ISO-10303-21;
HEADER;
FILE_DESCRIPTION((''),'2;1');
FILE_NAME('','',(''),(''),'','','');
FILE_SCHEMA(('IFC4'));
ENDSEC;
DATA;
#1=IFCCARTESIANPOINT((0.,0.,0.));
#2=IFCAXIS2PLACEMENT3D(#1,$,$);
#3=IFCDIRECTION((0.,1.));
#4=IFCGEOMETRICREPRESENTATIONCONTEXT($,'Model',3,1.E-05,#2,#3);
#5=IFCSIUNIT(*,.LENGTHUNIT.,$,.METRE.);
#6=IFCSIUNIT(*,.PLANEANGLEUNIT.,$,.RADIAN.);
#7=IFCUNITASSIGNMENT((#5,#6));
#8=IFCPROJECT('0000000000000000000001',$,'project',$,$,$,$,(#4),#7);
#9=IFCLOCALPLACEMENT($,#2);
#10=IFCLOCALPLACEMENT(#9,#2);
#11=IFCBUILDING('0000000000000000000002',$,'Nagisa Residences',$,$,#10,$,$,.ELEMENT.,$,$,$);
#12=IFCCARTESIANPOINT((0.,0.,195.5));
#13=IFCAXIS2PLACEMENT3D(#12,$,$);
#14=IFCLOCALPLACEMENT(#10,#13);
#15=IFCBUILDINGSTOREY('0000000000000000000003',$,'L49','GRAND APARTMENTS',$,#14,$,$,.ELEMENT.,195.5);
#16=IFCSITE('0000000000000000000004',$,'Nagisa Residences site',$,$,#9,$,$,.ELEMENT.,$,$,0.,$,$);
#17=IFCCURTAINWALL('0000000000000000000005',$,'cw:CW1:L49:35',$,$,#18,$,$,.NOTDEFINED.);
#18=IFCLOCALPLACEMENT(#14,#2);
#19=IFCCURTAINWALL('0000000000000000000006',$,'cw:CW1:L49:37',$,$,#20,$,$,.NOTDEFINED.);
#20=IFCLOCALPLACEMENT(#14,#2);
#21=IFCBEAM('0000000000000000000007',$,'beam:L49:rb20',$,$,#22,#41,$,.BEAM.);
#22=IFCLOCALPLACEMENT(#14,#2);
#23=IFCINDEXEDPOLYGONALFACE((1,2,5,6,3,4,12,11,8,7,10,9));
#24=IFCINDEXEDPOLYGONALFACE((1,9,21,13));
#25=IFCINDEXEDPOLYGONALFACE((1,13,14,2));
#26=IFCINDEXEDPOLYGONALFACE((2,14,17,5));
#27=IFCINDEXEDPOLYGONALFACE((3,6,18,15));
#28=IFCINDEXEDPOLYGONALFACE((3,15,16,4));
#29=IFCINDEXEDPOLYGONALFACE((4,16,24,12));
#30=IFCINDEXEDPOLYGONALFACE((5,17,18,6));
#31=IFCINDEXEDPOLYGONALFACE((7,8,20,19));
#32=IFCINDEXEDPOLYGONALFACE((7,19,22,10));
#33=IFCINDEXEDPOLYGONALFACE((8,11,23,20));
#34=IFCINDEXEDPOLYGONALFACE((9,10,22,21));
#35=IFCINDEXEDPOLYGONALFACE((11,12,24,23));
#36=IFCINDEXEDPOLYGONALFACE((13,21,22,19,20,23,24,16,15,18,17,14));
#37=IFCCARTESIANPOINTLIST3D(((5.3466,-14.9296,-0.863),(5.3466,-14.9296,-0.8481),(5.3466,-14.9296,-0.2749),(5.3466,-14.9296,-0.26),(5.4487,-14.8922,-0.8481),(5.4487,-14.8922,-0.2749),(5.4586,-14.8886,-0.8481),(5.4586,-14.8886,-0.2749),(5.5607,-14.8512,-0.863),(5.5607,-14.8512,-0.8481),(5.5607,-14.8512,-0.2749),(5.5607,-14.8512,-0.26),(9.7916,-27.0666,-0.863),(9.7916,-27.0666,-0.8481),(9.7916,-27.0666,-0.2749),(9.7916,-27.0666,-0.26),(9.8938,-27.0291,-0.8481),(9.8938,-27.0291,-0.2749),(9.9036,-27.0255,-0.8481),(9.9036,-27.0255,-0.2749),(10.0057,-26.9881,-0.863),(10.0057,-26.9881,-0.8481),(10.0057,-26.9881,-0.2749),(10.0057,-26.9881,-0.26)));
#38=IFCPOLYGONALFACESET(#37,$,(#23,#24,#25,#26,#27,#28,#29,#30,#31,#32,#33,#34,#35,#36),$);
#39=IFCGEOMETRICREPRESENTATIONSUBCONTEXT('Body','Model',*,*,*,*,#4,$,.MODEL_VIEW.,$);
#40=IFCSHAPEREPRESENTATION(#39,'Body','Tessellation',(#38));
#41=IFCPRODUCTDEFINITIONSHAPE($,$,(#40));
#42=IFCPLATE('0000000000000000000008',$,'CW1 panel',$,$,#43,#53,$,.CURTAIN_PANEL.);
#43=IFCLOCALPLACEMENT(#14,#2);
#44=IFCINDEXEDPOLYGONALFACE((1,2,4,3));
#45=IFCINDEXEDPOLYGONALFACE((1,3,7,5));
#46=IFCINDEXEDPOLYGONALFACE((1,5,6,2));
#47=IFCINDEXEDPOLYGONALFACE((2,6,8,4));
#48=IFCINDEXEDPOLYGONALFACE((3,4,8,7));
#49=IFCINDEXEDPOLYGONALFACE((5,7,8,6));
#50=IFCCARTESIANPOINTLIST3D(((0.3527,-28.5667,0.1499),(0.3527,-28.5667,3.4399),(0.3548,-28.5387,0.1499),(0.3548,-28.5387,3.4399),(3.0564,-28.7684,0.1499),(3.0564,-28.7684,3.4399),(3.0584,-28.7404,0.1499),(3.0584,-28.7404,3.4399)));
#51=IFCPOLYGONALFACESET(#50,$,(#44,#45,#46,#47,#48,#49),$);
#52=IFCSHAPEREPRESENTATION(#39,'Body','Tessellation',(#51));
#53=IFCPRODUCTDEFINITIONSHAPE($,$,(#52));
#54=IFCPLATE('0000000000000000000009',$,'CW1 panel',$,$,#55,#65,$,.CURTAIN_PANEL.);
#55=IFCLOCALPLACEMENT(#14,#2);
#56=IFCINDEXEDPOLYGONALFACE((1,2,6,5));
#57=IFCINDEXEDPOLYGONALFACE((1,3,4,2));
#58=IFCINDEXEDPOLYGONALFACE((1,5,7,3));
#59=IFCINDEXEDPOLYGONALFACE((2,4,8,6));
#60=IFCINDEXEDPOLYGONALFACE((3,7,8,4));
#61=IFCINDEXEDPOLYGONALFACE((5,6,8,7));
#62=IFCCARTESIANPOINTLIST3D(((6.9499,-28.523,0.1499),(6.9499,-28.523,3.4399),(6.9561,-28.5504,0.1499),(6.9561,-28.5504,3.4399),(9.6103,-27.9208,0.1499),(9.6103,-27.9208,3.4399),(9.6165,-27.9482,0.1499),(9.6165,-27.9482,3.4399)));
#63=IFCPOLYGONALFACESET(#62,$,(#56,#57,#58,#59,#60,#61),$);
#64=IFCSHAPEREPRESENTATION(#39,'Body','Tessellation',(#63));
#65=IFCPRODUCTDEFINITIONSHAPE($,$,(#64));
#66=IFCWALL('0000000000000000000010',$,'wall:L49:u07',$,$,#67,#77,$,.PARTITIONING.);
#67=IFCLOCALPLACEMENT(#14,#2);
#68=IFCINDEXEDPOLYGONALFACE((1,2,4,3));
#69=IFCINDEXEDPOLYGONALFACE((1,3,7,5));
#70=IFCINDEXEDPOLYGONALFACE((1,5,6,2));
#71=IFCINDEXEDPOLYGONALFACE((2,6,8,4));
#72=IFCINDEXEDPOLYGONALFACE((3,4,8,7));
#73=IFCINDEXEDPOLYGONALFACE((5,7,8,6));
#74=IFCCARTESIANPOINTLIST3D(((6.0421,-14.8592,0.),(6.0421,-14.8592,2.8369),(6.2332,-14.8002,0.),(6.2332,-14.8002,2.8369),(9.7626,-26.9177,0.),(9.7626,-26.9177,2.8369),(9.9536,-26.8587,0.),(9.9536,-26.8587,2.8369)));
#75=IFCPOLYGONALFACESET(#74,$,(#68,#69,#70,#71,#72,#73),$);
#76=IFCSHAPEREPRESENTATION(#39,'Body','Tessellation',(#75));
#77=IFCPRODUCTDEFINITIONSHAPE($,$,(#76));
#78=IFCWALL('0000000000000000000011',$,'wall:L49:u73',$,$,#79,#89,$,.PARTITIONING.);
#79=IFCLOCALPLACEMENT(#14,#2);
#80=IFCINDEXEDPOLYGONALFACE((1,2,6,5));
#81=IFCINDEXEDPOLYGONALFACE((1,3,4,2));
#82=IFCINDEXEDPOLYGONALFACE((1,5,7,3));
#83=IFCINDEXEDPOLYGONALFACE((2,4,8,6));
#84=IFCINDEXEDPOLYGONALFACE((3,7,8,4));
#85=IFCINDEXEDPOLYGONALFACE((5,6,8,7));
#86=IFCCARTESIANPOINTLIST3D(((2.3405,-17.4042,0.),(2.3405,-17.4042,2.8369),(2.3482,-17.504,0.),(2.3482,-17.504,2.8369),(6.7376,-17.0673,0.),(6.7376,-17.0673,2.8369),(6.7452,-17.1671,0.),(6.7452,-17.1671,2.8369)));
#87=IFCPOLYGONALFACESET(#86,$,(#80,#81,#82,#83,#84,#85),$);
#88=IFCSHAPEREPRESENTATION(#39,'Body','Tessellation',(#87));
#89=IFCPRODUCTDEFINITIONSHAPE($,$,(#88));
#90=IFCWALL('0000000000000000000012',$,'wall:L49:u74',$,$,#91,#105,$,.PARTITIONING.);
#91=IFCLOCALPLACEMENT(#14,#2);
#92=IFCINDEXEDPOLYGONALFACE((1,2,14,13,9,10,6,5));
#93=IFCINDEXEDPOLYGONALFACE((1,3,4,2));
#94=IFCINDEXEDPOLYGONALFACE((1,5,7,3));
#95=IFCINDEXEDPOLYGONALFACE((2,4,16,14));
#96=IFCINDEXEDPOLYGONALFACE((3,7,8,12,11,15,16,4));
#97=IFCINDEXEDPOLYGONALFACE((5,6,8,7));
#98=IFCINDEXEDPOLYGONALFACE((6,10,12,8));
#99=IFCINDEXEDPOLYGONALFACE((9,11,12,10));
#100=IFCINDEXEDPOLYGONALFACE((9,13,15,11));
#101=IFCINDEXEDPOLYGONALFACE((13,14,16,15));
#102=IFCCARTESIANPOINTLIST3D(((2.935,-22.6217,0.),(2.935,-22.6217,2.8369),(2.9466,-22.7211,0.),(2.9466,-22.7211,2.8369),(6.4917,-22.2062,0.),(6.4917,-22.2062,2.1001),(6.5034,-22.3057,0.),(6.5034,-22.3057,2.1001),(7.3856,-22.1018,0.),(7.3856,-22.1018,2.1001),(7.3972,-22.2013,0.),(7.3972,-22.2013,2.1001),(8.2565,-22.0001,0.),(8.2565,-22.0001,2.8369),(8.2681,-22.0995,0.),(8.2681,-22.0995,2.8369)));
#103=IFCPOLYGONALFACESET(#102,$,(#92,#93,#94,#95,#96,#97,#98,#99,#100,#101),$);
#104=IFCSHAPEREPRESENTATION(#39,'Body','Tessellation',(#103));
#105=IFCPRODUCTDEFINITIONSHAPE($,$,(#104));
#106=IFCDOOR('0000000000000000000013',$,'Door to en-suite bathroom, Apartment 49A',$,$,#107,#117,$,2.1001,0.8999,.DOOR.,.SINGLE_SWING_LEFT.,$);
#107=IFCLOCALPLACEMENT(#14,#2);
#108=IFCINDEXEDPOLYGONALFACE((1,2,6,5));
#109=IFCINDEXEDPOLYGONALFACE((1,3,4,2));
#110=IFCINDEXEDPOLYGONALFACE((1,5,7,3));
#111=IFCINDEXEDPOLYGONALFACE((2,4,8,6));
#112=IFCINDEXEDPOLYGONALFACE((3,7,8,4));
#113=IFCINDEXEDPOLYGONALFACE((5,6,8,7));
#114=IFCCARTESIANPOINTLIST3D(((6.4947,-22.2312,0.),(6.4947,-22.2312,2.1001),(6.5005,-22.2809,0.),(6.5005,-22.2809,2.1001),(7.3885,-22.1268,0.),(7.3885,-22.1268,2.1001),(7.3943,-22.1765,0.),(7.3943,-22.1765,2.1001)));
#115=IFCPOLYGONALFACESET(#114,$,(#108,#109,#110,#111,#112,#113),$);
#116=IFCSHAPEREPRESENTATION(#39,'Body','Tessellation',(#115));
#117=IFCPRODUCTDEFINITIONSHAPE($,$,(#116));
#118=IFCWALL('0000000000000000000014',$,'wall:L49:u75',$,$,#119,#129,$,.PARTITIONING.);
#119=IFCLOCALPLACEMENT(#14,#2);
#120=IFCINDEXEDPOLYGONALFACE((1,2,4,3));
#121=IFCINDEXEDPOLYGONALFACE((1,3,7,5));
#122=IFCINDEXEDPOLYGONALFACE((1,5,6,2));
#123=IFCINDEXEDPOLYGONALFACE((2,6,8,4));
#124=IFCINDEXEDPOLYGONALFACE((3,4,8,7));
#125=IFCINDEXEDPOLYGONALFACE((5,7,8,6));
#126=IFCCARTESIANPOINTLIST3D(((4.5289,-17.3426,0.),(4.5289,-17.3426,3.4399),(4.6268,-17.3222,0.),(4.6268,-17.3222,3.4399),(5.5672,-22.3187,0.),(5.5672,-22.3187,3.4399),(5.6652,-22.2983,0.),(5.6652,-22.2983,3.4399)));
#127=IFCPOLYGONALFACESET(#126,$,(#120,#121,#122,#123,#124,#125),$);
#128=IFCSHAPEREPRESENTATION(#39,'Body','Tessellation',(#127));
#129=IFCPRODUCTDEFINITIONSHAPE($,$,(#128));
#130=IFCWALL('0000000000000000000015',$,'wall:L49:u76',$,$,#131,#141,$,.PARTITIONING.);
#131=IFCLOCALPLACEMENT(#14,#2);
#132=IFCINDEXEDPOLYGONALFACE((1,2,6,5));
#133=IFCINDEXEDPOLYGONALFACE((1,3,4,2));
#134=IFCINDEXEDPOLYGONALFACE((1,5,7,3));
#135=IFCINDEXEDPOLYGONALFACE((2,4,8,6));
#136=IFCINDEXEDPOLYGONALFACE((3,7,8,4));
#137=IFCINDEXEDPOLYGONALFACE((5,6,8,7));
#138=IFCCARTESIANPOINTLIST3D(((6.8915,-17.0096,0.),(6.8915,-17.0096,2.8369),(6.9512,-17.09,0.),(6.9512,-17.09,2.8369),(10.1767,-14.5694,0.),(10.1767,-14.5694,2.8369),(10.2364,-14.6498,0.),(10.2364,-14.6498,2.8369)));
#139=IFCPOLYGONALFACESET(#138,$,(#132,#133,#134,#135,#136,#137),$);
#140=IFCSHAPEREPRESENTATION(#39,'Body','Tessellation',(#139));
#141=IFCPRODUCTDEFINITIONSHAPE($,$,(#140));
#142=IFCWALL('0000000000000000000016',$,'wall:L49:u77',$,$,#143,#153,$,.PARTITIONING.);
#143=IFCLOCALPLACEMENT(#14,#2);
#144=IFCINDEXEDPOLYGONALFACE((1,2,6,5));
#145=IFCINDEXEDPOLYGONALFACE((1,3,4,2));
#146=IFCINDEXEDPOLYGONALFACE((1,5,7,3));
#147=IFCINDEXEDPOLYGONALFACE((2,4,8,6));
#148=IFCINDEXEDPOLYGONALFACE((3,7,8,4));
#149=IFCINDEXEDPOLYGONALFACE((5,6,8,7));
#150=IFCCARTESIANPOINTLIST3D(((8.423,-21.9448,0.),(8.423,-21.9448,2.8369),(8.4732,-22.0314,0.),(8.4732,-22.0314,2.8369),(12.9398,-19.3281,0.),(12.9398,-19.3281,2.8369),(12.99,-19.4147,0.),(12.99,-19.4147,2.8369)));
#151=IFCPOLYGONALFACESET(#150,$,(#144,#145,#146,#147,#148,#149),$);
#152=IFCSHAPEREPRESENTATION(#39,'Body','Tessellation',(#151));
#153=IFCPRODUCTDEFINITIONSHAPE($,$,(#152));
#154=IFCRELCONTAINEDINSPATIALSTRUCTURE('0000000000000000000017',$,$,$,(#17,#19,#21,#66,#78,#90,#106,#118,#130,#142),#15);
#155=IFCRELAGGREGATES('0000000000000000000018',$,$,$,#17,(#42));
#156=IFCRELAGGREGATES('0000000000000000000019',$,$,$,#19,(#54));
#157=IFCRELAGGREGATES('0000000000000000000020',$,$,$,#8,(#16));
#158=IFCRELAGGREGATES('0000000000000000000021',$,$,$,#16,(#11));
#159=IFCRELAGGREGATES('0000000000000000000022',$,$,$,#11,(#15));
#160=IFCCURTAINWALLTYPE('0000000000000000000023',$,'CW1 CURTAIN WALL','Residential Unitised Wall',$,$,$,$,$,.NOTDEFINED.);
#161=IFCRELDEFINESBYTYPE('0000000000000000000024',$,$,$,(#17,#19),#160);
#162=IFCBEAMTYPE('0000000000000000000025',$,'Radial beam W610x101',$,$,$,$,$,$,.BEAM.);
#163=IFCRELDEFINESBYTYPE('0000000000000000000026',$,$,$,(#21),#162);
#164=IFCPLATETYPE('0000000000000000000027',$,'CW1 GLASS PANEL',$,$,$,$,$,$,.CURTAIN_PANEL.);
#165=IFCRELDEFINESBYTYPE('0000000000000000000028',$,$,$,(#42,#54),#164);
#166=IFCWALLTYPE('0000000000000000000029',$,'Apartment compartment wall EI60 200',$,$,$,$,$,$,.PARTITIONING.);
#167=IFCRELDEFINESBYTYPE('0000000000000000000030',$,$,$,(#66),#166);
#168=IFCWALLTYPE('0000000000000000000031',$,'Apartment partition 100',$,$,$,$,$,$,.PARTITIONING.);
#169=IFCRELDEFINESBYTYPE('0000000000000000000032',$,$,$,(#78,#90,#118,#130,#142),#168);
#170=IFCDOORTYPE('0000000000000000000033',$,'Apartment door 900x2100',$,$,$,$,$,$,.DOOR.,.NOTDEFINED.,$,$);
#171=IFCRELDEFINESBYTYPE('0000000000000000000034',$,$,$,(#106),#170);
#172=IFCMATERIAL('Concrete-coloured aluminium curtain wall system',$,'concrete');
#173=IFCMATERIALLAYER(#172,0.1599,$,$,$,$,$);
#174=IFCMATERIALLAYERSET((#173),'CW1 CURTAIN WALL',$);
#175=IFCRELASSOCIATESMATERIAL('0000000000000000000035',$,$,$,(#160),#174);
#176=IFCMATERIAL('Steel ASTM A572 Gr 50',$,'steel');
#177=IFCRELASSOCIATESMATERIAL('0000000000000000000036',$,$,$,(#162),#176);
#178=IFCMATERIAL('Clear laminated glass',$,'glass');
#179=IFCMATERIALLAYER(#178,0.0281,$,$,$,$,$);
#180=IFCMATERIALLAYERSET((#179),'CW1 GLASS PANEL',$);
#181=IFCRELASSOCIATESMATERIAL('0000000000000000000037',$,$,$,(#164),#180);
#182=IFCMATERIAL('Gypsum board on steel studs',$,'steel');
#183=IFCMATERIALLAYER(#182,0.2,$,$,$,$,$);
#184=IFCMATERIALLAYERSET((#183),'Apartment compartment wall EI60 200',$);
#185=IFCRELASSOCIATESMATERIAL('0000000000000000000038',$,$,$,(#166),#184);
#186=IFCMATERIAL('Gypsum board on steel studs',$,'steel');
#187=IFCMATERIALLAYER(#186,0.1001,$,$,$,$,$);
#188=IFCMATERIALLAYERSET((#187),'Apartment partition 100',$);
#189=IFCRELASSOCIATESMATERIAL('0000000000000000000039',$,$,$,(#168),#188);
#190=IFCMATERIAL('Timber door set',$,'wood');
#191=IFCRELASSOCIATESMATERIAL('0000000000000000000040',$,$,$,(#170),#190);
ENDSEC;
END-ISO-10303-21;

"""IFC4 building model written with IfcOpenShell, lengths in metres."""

from ifc_helpers import new_model, si_unit, direction, frame, frame_2d, origin, origin_2d, place, context, subcontext, project, spatial, rectangle, i_section, extrude, material, layer, layer_set, material_profile, profile_set, type_object, element, fill, aggregate, save


model = new_model("IFC4")

# Units and contexts
model_context = context("Model", 3, precision=1e-05, world=origin(), true_north=direction((0.0, 1.0)))
body_context = subcontext(model_context, "Body", "Model", "MODEL_VIEW")
ifc_project = project(units=[si_unit("LENGTHUNIT", "METRE"), si_unit("PLANEANGLEUNIT", "RADIAN")], contexts=[model_context])

# Site, building, storey
site_placement = place(None, origin())
site = spatial("IfcSite", under=ifc_project, at=site_placement, Name="Nagisa Residences site", CompositionType="ELEMENT", RefElevation=0.0)
building_placement = place(site_placement, origin())
building = spatial("IfcBuilding", under=site, at=building_placement, Name="Nagisa Residences", CompositionType="ELEMENT")
storey_placement = place(building_placement, frame((0.0, 0.0, 195.5)))
storey = spatial("IfcBuildingStorey", under=building, at=storey_placement, Name="L49", Description="GRAND APARTMENTS", CompositionType="ELEMENT", Elevation=195.5)

# Curtain walls
ifc_material_1 = material(Name="Concrete-coloured aluminium curtain wall system", Category="concrete")
ifc_layer_1 = layer(ifc_material_1, 0.1599)
ifc_layer_set_1 = layer_set([ifc_layer_1], Name="CW1 CURTAIN WALL")
curtain_wall_type = type_object("IfcCurtainWallType", Name="CW1 CURTAIN WALL", Description="Residential Unitised Wall", PredefinedType="NOTDEFINED", material=ifc_layer_set_1)
curtain_wall_1_placement = place(storey_placement, origin())
curtain_wall_1 = element("IfcCurtainWall", 1, at=curtain_wall_1_placement, inside=storey, type_object=curtain_wall_type, Name="cw:CW1:L49:35", PredefinedType="NOTDEFINED")
curtain_wall_2_placement = place(storey_placement, origin())
curtain_wall_2 = element("IfcCurtainWall", 2, at=curtain_wall_2_placement, inside=storey, type_object=curtain_wall_type, Name="cw:CW1:L49:37", PredefinedType="NOTDEFINED")

# Beam
ifc_material_2 = material(Name="Steel ASTM A572 Gr 50", Category="steel")
ifc_material_profile_1 = material_profile(ifc_material_2, i_section(OverallWidth=0.228, OverallDepth=0.603, WebThickness=0.0105, FlangeThickness=0.0149, at=origin_2d()), Name="W610x101")
ifc_profile_set_1 = profile_set([ifc_material_profile_1], Name="Steel ASTM A572 Gr 50")
beam_type_1 = type_object("IfcBeamType", Name="Radial beam W610x101", PredefinedType="BEAM", material=ifc_profile_set_1)
beam_1_placement = place(storey_placement, frame((9.8987, -27.0273, -0.5615), z_axis=(-0.343903, 0.939005, 0.0), x_axis=(-0.939005, -0.343903, 0.0)))
element("IfcBeam", 3, at=beam_1_placement, inside=storey, type_object=beam_type_1, Name="beam:L49:rb20", PredefinedType="BEAM", context=body_context, shape_type="SweptSolid", body=[
    extrude(i_section(OverallWidth=0.228, OverallDepth=0.603, WebThickness=0.0105, FlangeThickness=0.0149, at=origin_2d()), origin(), (0.0, 0.0, 1.0), 12.9253),
])

# Plates
ifc_material_3 = material(Name="Clear laminated glass", Category="glass")
ifc_layer_2 = layer(ifc_material_3, 0.0281)
ifc_layer_set_2 = layer_set([ifc_layer_2], Name="CW1 GLASS PANEL")
plate_type = type_object("IfcPlateType", Name="CW1 GLASS PANEL", PredefinedType="CURTAIN_PANEL", material=ifc_layer_set_2)
plate_1_placement = place(storey_placement, frame((1.7056, -28.6536, 0.1499), z_axis=(0.0, 0.0, 1.0), x_axis=(0.99723, -0.074377, 0.0)))
plate_1 = element("IfcPlate", 4, at=plate_1_placement, type_object=plate_type, Name="CW1 panel", PredefinedType="CURTAIN_PANEL", context=body_context, shape_type="SweptSolid", body=[
    extrude(rectangle(XDim=2.7112, YDim=0.0281, at=origin_2d()), origin(), (0.0, 0.0, 1.0), 3.29),
])
aggregate(curtain_wall_1, [plate_1])
plate_2_placement = place(storey_placement, frame((8.2832, -28.2356, 0.1499), z_axis=(0.0, 0.0, 1.0), x_axis=(0.975327, 0.220764, 0.0)))
plate_2 = element("IfcPlate", 5, at=plate_2_placement, type_object=plate_type, Name="CW1 panel", PredefinedType="CURTAIN_PANEL", context=body_context, shape_type="SweptSolid", body=[
    extrude(rectangle(XDim=2.7278, YDim=0.0281, at=origin_2d()), origin(), (0.0, 0.0, 1.0), 3.29),
])
aggregate(curtain_wall_2, [plate_2])

# Walls
ifc_material_4 = material(Name="Gypsum board on steel studs", Category="steel")
ifc_layer_3 = layer(ifc_material_4, 0.2)
ifc_layer_set_3 = layer_set([ifc_layer_3], Name="Apartment compartment wall EI60 200")
wall_type_1 = type_object("IfcWallType", Name="Apartment compartment wall EI60 200", PredefinedType="PARTITIONING", material=ifc_layer_set_3)
wall_1_placement = place(storey_placement, frame((6.1377, -14.8298, 0.0), z_axis=(0.0, 0.0, 1.0), x_axis=(0.294819, -0.955553, 0.0)))
element("IfcWall", 6, at=wall_1_placement, inside=storey, type_object=wall_type_1, Name="wall:L49:u07", PredefinedType="PARTITIONING", context=body_context, shape_type="SweptSolid", body=[
    extrude(rectangle(XDim=12.6194, YDim=0.2, at=frame_2d((6.3096, 0.0))), origin(), (0.0, 0.0, 1.0), 2.8369),
])
ifc_material_5 = material(Name="Gypsum board on steel studs", Category="steel")
ifc_layer_4 = layer(ifc_material_5, 0.1001)
ifc_layer_set_4 = layer_set([ifc_layer_4], Name="Apartment partition 100")
wall_type_2 = type_object("IfcWallType", Name="Apartment partition 100", PredefinedType="PARTITIONING", material=ifc_layer_set_4)
wall_2_placement = place(storey_placement, frame((2.3442, -17.4541, 0.0), z_axis=(0.0, 0.0, 1.0), x_axis=(0.997077, 0.0764, 0.0)))
element("IfcWall", 7, at=wall_2_placement, inside=storey, type_object=wall_type_2, Name="wall:L49:u73", PredefinedType="PARTITIONING", context=body_context, shape_type="SweptSolid", body=[
    extrude(rectangle(XDim=4.4099, YDim=0.1001, at=frame_2d((2.2051, 0.0))), origin(), (0.0, 0.0, 1.0), 2.8369),
])

# Wall, opening, door
wall_3_placement = place(storey_placement, frame((2.9409, -22.6714, 0.0), z_axis=(0.0, 0.0, 1.0), x_axis=(0.993247, 0.116016, 0.0)))
wall_3 = element("IfcWall", 8, at=wall_3_placement, inside=storey, type_object=wall_type_2, Name="wall:L49:u74", PredefinedType="PARTITIONING", context=body_context, shape_type="SweptSolid", body=[
    extrude(rectangle(XDim=5.3577, YDim=0.1001, at=frame_2d((2.6787, 0.0))), origin(), (0.0, 0.0, 1.0), 2.8369),
])
opening_1_placement = place(wall_3_placement, frame((3.5808, 0.0, 0.0)))
opening_1 = element("IfcOpeningElement", 9, at=opening_1_placement, cuts=wall_3, PredefinedType="OPENING", context=body_context, shape_type="SweptSolid", body=[
    extrude(rectangle(XDim=0.8999, YDim=2.1001, at=frame_2d((0.45, 1.05))), frame((0.0, 0.0601, 0.0), z_axis=(0.0, -1.0, 0.0), x_axis=(1.0, 0.0, 0.0)), (0.0, 0.0, 1.0), 0.1201),
])
ifc_material_6 = material(Name="Timber door set", Category="wood")
door_type_1 = type_object("IfcDoorType", Name="Apartment door 900x2100", OperationType="NOTDEFINED", PredefinedType="DOOR", material=ifc_material_6)
door_1_placement = place(opening_1_placement, origin())
door_1 = element("IfcDoor", 10, at=door_1_placement, inside=storey, type_object=door_type_1, Name="Door to en-suite bathroom, Apartment 49A", OperationType="SINGLE_SWING_LEFT", OverallHeight=2.1001, OverallWidth=0.8999, PredefinedType="DOOR", context=body_context, shape_type="SweptSolid", body=[
    extrude(rectangle(XDim=0.8999, YDim=2.1001, at=frame_2d((0.45, 1.05))), frame((0.0, 0.0249, 0.0), z_axis=(0.0, -1.0, 0.0), x_axis=(1.0, 0.0, 0.0)), (0.0, 0.0, 1.0), 0.05),
])
fill(opening_1, door_1)

# Walls
wall_4_placement = place(storey_placement, frame((4.5779, -17.3325, 0.0), z_axis=(0.0, 0.0, 1.0), x_axis=(0.204265, -0.978916, 0.0)))
element("IfcWall", 11, at=wall_4_placement, inside=storey, type_object=wall_type_2, Name="wall:L49:u75", PredefinedType="PARTITIONING", context=body_context, shape_type="SweptSolid", body=[
    extrude(rectangle(XDim=5.0833, YDim=0.1001, at=frame_2d((2.5415, 0.0))), origin(), (0.0, 0.0, 1.0), 3.4399),
])
wall_5_placement = place(storey_placement, frame((6.9214, -17.0498, 0.0), z_axis=(0.0, 0.0, 1.0), x_axis=(0.802769, 0.59629, 0.0)))
element("IfcWall", 12, at=wall_5_placement, inside=storey, type_object=wall_type_2, Name="wall:L49:u76", PredefinedType="PARTITIONING", context=body_context, shape_type="SweptSolid", body=[
    extrude(rectangle(XDim=4.0923, YDim=0.1001, at=frame_2d((2.0461, 0.0))), origin(), (0.0, 0.0, 1.0), 2.8369),
])
wall_6_placement = place(storey_placement, frame((8.4482, -21.988, 0.0), z_axis=(0.0, 0.0, 1.0), x_axis=(0.865286, 0.501278, 0.0)))
element("IfcWall", 13, at=wall_6_placement, inside=storey, type_object=wall_type_2, Name="wall:L49:u77", PredefinedType="PARTITIONING", context=body_context, shape_type="SweptSolid", body=[
    extrude(rectangle(XDim=5.22, YDim=0.1001, at=frame_2d((2.6099, 0.0))), origin(), (0.0, 0.0, 1.0), 2.8369),
])

save(model, "model.ifc")
